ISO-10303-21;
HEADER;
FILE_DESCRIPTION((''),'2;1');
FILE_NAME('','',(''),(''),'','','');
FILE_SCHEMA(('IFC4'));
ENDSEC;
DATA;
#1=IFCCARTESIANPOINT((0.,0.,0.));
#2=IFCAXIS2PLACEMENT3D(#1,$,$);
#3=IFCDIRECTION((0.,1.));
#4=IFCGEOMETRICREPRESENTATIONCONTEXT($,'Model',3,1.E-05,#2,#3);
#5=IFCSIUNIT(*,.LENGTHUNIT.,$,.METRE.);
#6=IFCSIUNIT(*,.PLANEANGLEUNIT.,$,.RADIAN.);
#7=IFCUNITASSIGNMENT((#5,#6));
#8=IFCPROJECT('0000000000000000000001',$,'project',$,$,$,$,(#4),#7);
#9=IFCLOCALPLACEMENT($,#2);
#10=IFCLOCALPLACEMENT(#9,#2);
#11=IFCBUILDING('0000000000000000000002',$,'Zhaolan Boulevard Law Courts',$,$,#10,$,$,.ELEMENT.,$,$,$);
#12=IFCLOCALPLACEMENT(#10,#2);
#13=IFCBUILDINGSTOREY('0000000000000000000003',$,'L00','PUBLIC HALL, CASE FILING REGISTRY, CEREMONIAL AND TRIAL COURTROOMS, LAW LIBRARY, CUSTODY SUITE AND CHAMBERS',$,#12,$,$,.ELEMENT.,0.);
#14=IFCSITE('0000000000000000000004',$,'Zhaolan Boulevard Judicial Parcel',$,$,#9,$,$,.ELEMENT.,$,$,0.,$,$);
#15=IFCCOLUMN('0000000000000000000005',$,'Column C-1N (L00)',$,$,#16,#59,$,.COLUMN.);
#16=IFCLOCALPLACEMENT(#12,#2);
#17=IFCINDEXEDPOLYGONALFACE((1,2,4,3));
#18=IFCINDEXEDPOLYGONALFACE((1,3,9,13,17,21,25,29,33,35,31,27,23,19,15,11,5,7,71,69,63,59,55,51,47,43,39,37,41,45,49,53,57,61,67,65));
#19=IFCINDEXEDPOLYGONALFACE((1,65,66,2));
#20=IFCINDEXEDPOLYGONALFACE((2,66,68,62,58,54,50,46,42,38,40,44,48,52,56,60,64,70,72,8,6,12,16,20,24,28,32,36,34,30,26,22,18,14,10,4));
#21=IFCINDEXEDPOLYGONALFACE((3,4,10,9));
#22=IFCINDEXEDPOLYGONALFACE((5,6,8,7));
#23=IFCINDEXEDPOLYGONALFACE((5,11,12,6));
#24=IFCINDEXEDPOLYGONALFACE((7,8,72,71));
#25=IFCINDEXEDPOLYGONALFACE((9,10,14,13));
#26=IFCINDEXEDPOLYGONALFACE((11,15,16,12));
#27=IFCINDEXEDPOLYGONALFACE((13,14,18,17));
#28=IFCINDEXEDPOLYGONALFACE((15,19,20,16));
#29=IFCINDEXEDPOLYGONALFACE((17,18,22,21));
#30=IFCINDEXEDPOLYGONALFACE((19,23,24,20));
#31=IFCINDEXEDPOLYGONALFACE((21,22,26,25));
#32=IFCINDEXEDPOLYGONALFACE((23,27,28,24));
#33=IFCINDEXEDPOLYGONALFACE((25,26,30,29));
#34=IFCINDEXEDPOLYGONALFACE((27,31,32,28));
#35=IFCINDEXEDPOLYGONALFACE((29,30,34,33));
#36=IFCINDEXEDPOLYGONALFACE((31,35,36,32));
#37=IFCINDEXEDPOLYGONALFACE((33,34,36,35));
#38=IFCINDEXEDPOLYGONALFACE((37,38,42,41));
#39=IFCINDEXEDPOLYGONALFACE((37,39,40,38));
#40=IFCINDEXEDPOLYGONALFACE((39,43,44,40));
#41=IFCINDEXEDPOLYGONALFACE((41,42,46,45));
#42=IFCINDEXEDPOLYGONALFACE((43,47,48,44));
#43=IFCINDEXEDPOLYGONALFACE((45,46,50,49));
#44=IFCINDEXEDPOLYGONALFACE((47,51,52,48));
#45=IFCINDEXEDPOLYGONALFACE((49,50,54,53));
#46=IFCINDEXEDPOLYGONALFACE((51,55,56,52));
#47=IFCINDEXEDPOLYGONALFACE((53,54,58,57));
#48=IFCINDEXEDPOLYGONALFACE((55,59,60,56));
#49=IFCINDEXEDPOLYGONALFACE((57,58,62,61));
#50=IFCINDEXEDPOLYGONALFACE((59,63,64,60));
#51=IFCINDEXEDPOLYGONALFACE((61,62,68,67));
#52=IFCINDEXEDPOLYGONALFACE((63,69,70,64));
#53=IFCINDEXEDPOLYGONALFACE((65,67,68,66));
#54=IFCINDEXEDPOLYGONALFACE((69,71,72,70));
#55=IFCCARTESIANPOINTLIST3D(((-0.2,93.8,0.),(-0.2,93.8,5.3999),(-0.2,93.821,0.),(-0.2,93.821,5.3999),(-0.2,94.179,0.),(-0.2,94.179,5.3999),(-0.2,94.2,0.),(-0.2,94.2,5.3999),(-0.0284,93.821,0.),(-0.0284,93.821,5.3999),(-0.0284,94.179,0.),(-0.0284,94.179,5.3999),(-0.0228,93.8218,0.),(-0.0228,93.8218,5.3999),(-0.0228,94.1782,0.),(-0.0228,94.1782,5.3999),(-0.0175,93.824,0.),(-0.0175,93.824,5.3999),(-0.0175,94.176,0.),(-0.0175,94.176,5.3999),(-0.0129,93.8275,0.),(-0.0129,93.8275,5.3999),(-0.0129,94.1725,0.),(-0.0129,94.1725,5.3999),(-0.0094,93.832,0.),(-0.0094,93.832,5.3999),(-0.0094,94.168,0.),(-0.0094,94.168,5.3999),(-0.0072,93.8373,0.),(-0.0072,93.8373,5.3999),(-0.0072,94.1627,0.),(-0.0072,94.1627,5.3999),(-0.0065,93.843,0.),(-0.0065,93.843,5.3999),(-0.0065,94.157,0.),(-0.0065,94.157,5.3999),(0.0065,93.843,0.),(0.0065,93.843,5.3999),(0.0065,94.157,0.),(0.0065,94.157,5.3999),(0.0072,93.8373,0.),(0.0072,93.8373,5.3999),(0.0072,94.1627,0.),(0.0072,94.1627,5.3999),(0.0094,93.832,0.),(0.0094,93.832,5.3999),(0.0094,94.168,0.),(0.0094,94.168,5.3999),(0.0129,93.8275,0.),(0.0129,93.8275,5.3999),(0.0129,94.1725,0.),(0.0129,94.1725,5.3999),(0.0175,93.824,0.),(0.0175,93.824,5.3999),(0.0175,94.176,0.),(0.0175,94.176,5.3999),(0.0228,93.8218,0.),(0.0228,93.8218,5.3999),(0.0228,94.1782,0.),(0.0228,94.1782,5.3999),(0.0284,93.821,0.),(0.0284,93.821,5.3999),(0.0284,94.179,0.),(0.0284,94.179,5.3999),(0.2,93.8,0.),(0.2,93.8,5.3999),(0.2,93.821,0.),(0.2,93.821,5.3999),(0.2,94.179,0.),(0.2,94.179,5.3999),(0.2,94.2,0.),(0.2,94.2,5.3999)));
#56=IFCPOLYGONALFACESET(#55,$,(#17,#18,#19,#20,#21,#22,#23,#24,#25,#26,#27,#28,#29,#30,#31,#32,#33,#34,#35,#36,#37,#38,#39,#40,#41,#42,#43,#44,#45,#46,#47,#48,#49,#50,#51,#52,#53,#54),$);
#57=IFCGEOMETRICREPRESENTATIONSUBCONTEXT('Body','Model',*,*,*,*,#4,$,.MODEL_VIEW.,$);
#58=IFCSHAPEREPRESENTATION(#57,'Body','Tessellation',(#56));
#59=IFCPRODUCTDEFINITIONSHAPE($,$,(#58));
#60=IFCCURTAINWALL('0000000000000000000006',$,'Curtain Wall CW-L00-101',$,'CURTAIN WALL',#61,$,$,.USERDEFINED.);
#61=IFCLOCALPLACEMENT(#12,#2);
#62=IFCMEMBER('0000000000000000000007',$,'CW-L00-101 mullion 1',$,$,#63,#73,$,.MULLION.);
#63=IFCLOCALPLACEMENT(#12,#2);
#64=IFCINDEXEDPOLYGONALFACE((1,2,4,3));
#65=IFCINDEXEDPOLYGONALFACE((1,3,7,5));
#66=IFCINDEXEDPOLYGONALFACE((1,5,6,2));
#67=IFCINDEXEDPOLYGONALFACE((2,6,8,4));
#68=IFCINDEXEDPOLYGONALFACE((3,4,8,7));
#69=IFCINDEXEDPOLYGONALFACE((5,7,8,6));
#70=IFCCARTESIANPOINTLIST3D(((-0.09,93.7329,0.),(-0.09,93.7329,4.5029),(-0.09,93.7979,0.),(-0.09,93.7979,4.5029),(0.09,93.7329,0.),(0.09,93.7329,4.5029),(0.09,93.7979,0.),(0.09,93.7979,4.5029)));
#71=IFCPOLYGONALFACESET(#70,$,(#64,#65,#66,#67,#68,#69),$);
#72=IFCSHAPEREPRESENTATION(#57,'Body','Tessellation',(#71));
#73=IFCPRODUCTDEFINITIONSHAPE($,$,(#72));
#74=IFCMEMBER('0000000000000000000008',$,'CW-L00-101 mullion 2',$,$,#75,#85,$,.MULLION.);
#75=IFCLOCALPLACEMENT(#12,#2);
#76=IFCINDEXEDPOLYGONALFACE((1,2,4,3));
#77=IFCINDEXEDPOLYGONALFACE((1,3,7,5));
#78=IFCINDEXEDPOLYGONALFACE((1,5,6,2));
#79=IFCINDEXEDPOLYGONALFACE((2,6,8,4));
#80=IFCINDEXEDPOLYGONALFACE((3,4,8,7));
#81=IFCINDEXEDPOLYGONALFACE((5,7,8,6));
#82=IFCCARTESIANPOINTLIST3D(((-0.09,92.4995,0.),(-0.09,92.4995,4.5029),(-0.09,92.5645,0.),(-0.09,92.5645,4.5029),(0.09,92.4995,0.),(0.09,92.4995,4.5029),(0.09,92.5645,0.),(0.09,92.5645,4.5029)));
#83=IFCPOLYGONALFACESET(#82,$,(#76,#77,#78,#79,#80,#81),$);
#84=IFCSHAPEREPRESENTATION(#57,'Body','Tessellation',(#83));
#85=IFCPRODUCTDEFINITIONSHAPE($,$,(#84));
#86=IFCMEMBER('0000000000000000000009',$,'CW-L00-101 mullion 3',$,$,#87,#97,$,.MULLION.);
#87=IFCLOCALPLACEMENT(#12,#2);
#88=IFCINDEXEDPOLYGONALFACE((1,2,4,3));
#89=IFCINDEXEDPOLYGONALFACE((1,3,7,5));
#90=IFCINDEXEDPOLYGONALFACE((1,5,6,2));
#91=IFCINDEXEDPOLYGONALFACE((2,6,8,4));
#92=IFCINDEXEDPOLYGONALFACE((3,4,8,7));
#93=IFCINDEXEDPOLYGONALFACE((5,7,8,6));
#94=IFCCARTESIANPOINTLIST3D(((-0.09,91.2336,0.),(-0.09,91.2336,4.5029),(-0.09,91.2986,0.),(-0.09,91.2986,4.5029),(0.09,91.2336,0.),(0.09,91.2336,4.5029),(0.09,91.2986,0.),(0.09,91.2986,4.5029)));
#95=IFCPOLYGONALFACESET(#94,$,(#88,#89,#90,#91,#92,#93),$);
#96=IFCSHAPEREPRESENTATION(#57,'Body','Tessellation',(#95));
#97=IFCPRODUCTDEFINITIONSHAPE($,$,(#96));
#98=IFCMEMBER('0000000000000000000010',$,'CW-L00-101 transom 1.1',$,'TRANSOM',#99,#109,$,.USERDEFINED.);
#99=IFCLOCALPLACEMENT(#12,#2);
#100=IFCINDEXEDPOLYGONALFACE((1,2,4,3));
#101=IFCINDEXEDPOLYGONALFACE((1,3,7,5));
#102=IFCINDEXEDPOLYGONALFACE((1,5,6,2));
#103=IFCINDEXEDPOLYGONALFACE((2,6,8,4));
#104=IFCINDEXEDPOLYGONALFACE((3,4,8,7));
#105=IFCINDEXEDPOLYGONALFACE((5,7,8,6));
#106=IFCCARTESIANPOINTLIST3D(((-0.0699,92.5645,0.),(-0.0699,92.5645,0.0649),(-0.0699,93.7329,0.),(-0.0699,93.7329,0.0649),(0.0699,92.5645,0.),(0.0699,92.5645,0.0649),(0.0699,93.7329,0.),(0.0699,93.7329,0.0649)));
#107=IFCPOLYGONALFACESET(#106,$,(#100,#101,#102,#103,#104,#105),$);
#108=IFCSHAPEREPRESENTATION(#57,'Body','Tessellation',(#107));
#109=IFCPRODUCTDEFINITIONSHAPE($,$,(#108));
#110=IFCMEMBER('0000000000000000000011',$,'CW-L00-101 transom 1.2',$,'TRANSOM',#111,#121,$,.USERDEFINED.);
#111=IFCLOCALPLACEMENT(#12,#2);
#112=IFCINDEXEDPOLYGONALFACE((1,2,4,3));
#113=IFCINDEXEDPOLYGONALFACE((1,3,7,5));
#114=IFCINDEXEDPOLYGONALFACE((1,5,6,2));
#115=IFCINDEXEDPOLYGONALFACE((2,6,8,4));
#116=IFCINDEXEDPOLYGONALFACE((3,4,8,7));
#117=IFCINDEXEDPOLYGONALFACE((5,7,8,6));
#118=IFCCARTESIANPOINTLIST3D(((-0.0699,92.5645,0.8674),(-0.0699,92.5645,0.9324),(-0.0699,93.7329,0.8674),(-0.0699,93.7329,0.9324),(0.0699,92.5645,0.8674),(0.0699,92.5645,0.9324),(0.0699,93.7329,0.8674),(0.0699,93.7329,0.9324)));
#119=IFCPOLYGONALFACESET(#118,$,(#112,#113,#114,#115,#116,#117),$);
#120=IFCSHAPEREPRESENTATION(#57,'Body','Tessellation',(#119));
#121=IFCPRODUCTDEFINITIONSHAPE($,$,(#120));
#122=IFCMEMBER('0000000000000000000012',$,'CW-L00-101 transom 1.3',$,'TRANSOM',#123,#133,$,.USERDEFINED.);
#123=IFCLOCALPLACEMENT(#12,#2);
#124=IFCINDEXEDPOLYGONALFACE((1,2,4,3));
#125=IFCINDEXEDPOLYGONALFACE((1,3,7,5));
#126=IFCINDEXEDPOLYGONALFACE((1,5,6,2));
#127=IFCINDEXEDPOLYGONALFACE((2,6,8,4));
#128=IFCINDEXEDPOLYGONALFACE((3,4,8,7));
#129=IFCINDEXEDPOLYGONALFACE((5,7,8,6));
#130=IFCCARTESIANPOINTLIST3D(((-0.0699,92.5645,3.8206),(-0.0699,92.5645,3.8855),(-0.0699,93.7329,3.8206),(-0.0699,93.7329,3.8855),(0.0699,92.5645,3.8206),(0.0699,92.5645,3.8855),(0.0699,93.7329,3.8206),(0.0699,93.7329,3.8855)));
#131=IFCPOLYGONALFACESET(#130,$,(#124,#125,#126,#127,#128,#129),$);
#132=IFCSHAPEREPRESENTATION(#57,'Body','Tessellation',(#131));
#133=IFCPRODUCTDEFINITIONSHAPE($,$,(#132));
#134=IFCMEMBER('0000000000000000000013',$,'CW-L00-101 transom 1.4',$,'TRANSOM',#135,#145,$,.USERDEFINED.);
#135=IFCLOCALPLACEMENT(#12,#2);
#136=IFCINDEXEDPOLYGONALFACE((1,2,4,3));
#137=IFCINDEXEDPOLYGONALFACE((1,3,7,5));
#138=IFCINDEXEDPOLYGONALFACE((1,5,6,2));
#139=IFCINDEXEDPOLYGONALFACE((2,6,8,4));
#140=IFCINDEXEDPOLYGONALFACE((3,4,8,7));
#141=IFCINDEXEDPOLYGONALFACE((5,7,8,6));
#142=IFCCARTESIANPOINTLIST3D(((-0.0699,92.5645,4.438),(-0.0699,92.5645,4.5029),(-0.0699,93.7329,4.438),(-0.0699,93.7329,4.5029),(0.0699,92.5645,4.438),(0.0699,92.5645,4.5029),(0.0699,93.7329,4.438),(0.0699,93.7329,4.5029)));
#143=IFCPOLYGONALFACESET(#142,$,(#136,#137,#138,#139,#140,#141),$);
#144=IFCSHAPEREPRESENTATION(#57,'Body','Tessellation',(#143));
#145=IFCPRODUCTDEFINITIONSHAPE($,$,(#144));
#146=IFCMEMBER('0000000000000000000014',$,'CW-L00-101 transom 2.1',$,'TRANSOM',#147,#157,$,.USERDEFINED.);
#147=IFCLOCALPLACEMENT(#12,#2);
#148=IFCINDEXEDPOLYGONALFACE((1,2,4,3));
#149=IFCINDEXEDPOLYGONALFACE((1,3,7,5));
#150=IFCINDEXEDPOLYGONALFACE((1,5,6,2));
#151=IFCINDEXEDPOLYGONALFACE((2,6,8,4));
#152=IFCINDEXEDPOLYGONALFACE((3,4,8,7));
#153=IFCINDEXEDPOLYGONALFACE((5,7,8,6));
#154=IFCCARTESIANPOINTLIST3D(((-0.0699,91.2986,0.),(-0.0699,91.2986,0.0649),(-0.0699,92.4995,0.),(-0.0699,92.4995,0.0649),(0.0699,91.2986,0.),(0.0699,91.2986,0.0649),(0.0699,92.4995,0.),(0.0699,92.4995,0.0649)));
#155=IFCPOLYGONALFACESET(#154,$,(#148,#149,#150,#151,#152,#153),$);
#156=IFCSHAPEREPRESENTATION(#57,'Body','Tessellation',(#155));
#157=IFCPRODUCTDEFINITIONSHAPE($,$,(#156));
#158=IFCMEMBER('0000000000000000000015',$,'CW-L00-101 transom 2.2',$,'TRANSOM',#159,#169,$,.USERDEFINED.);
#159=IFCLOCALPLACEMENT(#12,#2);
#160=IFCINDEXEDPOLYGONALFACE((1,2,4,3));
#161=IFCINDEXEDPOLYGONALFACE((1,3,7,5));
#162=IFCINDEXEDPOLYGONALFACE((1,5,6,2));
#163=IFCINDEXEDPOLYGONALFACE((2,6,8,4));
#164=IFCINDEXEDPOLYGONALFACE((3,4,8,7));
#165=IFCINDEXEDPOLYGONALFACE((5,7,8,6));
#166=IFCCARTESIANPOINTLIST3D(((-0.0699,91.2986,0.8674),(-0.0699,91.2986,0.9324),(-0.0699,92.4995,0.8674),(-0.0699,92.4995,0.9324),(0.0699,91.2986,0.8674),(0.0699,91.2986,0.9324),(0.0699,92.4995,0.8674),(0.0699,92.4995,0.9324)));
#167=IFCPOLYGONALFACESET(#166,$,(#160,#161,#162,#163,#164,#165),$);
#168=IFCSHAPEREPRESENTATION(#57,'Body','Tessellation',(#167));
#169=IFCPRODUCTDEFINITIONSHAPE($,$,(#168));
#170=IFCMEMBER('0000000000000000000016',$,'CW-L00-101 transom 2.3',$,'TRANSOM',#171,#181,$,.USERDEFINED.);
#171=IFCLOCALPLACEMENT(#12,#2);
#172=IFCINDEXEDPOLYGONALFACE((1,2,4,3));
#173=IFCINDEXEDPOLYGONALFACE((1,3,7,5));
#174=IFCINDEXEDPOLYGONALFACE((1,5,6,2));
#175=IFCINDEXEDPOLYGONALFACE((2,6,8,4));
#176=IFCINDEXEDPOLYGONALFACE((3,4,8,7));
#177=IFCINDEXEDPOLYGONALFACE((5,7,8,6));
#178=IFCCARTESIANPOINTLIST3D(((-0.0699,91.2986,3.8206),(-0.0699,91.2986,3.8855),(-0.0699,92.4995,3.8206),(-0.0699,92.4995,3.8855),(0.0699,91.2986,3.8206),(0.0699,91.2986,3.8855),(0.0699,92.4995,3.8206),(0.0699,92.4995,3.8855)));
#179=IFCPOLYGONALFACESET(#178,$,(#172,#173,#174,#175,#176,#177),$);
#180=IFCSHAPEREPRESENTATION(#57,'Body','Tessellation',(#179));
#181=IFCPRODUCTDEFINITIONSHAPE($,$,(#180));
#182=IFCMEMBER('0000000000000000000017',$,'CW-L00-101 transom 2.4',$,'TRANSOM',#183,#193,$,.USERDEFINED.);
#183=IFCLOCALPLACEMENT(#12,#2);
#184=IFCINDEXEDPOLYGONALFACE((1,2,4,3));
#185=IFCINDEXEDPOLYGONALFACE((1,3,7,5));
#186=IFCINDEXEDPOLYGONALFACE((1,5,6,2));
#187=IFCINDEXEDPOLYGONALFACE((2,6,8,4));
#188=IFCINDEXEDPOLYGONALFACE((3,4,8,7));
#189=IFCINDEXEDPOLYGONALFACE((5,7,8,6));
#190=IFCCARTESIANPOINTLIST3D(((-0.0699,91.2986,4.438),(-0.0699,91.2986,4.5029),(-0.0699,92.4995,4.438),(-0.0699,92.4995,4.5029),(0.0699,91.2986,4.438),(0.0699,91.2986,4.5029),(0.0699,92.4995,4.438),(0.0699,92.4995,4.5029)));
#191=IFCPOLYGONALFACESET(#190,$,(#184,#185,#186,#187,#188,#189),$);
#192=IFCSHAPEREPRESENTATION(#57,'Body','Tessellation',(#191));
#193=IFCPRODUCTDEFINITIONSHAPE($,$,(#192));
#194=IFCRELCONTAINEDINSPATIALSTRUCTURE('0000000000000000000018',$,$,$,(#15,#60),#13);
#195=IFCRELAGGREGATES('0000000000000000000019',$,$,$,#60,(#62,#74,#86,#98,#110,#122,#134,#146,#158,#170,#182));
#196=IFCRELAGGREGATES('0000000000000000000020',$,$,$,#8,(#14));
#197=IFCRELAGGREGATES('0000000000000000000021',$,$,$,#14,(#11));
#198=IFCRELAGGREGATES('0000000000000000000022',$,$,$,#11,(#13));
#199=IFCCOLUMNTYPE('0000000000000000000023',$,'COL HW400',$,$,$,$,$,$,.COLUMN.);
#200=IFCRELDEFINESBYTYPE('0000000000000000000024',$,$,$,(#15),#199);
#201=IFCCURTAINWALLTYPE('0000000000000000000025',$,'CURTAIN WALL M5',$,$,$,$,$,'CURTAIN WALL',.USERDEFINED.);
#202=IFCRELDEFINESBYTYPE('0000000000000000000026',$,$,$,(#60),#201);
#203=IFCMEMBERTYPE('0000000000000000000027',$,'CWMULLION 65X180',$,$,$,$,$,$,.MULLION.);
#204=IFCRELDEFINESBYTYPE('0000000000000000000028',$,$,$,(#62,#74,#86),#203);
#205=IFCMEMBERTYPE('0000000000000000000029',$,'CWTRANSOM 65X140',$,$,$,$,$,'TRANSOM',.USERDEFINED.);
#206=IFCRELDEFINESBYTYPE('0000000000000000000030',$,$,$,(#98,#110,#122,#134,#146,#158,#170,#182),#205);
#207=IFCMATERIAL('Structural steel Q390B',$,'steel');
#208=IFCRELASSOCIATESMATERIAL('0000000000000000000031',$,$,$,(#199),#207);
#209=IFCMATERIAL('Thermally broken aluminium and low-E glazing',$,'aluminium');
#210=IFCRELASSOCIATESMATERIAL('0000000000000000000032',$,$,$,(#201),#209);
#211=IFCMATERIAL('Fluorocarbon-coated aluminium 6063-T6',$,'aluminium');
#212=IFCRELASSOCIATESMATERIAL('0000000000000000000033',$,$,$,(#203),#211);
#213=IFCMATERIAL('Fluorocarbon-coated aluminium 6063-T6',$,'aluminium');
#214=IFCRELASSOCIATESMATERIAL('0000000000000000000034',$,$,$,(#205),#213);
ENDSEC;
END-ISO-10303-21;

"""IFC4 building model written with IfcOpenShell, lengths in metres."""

from ifc_helpers import new_model, si_unit, direction, frame, origin, origin_2d, place, context, subcontext, project, spatial, rectangle, i_section, extrude, material, material_profile, profile_set, type_object, element, aggregate, save


model = new_model("IFC4")

# Units and contexts
model_context = context("Model", 3, precision=1e-05, world=origin(), true_north=direction((0.0, 1.0)))
body_context = subcontext(model_context, "Body", "Model", "MODEL_VIEW")
ifc_project = project(units=[si_unit("LENGTHUNIT", "METRE"), si_unit("PLANEANGLEUNIT", "RADIAN")], contexts=[model_context])

# Site, building, storey
site_placement = place(None, origin())
site = spatial("IfcSite", under=ifc_project, at=site_placement, Name="Zhaolan Boulevard Judicial Parcel", CompositionType="ELEMENT", RefElevation=0.0)
building_placement = place(site_placement, origin())
building = spatial("IfcBuilding", under=site, at=building_placement, Name="Zhaolan Boulevard Law Courts", CompositionType="ELEMENT")
storey_placement = place(building_placement, origin())
storey = spatial("IfcBuildingStorey", under=building, at=storey_placement, Name="L00", Description="PUBLIC HALL, CASE FILING REGISTRY, CEREMONIAL AND TRIAL COURTROOMS, LAW LIBRARY, CUSTODY SUITE AND CHAMBERS", CompositionType="ELEMENT", Elevation=0.0)

# Column
ifc_material_1 = material(Name="Structural steel Q390B", Category="steel")
ifc_material_profile_1 = material_profile(ifc_material_1, i_section(OverallWidth=0.3999, OverallDepth=0.3999, WebThickness=0.0129, FlangeThickness=0.021, FilletRadius=0.022, at=origin_2d()), Name="HW400x400")
ifc_profile_set_1 = profile_set([ifc_material_profile_1], Name="Structural steel Q390B")
column_type = type_object("IfcColumnType", Name="COL HW400", PredefinedType="COLUMN", material=ifc_profile_set_1)
column_placement = place(storey_placement, frame((0.0, 94.0, 0.0), z_axis=(0.0, 0.0, 1.0), x_axis=(1.0, 0.0, 0.0)))
element("IfcColumn", 1, at=column_placement, inside=storey, type_object=column_type, Name="Column C-1N (L00)", PredefinedType="COLUMN", context=body_context, shape_type="SweptSolid", body=[
    extrude(i_section(OverallWidth=0.3999, OverallDepth=0.3999, WebThickness=0.0129, FlangeThickness=0.021, FilletRadius=0.022, at=origin_2d()), origin(), (0.0, 0.0, 1.0), 5.3999),
])

# Curtain wall, members
ifc_material_2 = material(Name="Thermally broken aluminium and low-E glazing", Category="aluminium")
curtain_wall_type = type_object("IfcCurtainWallType", Name="CURTAIN WALL M5", ElementType="CURTAIN WALL", PredefinedType="USERDEFINED", material=ifc_material_2)
curtain_wall_placement = place(storey_placement, origin())
curtain_wall = element("IfcCurtainWall", 2, at=curtain_wall_placement, inside=storey, type_object=curtain_wall_type, Name="Curtain Wall CW-L00-101", ObjectType="CURTAIN WALL", PredefinedType="USERDEFINED")
ifc_material_3 = material(Name="Fluorocarbon-coated aluminium 6063-T6", Category="aluminium")
ifc_material_profile_2 = material_profile(ifc_material_3, rectangle(XDim=0.1799, YDim=0.0649, at=origin_2d()), Name="AL65x180")
ifc_profile_set_2 = profile_set([ifc_material_profile_2], Name="Fluorocarbon-coated aluminium 6063-T6")
member_type_1 = type_object("IfcMemberType", Name="CWMULLION 65X180", PredefinedType="MULLION", material=ifc_profile_set_2)
member_1_placement = place(storey_placement, frame((0.0, 93.7654, 0.0), z_axis=(0.0, 0.0, 1.0), x_axis=(1.0, 0.0, 0.0)))
member_1 = element("IfcMember", 3, at=member_1_placement, type_object=member_type_1, Name="CW-L00-101 mullion 1", PredefinedType="MULLION", context=body_context, shape_type="SweptSolid", body=[
    extrude(rectangle(XDim=0.1799, YDim=0.0649, at=origin_2d()), origin(), (0.0, 0.0, 1.0), 4.5029),
])
member_2_placement = place(storey_placement, frame((0.0, 92.532, 0.0), z_axis=(0.0, 0.0, 1.0), x_axis=(1.0, 0.0, 0.0)))
member_2 = element("IfcMember", 4, at=member_2_placement, type_object=member_type_1, Name="CW-L00-101 mullion 2", PredefinedType="MULLION", context=body_context, shape_type="SweptSolid", body=[
    extrude(rectangle(XDim=0.1799, YDim=0.0649, at=origin_2d()), origin(), (0.0, 0.0, 1.0), 4.5029),
])
member_3_placement = place(storey_placement, frame((0.0, 91.2661, 0.0), z_axis=(0.0, 0.0, 1.0), x_axis=(1.0, 0.0, 0.0)))
member_3 = element("IfcMember", 5, at=member_3_placement, type_object=member_type_1, Name="CW-L00-101 mullion 3", PredefinedType="MULLION", context=body_context, shape_type="SweptSolid", body=[
    extrude(rectangle(XDim=0.1799, YDim=0.0649, at=origin_2d()), origin(), (0.0, 0.0, 1.0), 4.5029),
])
ifc_material_4 = material(Name="Fluorocarbon-coated aluminium 6063-T6", Category="aluminium")
ifc_material_profile_3 = material_profile(ifc_material_4, rectangle(XDim=0.1399, YDim=0.0649, at=origin_2d()), Name="AL65x140")
ifc_profile_set_3 = profile_set([ifc_material_profile_3], Name="Fluorocarbon-coated aluminium 6063-T6")
member_type_2 = type_object("IfcMemberType", Name="CWTRANSOM 65X140", ElementType="TRANSOM", PredefinedType="USERDEFINED", material=ifc_profile_set_3)
member_4_placement = place(storey_placement, frame((0.0, 93.7329, 0.0325), z_axis=(0.0, -1.0, 0.0), x_axis=(1.0, 0.0, 0.0)))
member_4 = element("IfcMember", 6, at=member_4_placement, type_object=member_type_2, Name="CW-L00-101 transom 1.1", ObjectType="TRANSOM", PredefinedType="USERDEFINED", context=body_context, shape_type="SweptSolid", body=[
    extrude(rectangle(XDim=0.1399, YDim=0.0649, at=origin_2d()), origin(), (0.0, 0.0, 1.0), 1.1685),
])
member_5_placement = place(storey_placement, frame((0.0, 93.7329, 0.8999), z_axis=(0.0, -1.0, 0.0), x_axis=(1.0, 0.0, 0.0)))
member_5 = element("IfcMember", 7, at=member_5_placement, type_object=member_type_2, Name="CW-L00-101 transom 1.2", ObjectType="TRANSOM", PredefinedType="USERDEFINED", context=body_context, shape_type="SweptSolid", body=[
    extrude(rectangle(XDim=0.1399, YDim=0.0649, at=origin_2d()), origin(), (0.0, 0.0, 1.0), 1.1685),
])
member_6_placement = place(storey_placement, frame((0.0, 93.7329, 3.853), z_axis=(0.0, -1.0, 0.0), x_axis=(1.0, 0.0, 0.0)))
member_6 = element("IfcMember", 8, at=member_6_placement, type_object=member_type_2, Name="CW-L00-101 transom 1.3", ObjectType="TRANSOM", PredefinedType="USERDEFINED", context=body_context, shape_type="SweptSolid", body=[
    extrude(rectangle(XDim=0.1399, YDim=0.0649, at=origin_2d()), origin(), (0.0, 0.0, 1.0), 1.1685),
])
member_7_placement = place(storey_placement, frame((0.0, 93.7329, 4.4705), z_axis=(0.0, -1.0, 0.0), x_axis=(1.0, 0.0, 0.0)))
member_7 = element("IfcMember", 9, at=member_7_placement, type_object=member_type_2, Name="CW-L00-101 transom 1.4", ObjectType="TRANSOM", PredefinedType="USERDEFINED", context=body_context, shape_type="SweptSolid", body=[
    extrude(rectangle(XDim=0.1399, YDim=0.0649, at=origin_2d()), origin(), (0.0, 0.0, 1.0), 1.1685),
])
member_8_placement = place(storey_placement, frame((0.0, 92.4995, 0.0325), z_axis=(0.0, -1.0, 0.0), x_axis=(1.0, 0.0, 0.0)))
member_8 = element("IfcMember", 10, at=member_8_placement, type_object=member_type_2, Name="CW-L00-101 transom 2.1", ObjectType="TRANSOM", PredefinedType="USERDEFINED", context=body_context, shape_type="SweptSolid", body=[
    extrude(rectangle(XDim=0.1399, YDim=0.0649, at=origin_2d()), origin(), (0.0, 0.0, 1.0), 1.2009),
])
member_9_placement = place(storey_placement, frame((0.0, 92.4995, 0.8999), z_axis=(0.0, -1.0, 0.0), x_axis=(1.0, 0.0, 0.0)))
member_9 = element("IfcMember", 11, at=member_9_placement, type_object=member_type_2, Name="CW-L00-101 transom 2.2", ObjectType="TRANSOM", PredefinedType="USERDEFINED", context=body_context, shape_type="SweptSolid", body=[
    extrude(rectangle(XDim=0.1399, YDim=0.0649, at=origin_2d()), origin(), (0.0, 0.0, 1.0), 1.2009),
])
member_10_placement = place(storey_placement, frame((0.0, 92.4995, 3.853), z_axis=(0.0, -1.0, 0.0), x_axis=(1.0, 0.0, 0.0)))
member_10 = element("IfcMember", 12, at=member_10_placement, type_object=member_type_2, Name="CW-L00-101 transom 2.3", ObjectType="TRANSOM", PredefinedType="USERDEFINED", context=body_context, shape_type="SweptSolid", body=[
    extrude(rectangle(XDim=0.1399, YDim=0.0649, at=origin_2d()), origin(), (0.0, 0.0, 1.0), 1.2009),
])
member_11_placement = place(storey_placement, frame((0.0, 92.4995, 4.4705), z_axis=(0.0, -1.0, 0.0), x_axis=(1.0, 0.0, 0.0)))
member_11 = element("IfcMember", 13, at=member_11_placement, type_object=member_type_2, Name="CW-L00-101 transom 2.4", ObjectType="TRANSOM", PredefinedType="USERDEFINED", context=body_context, shape_type="SweptSolid", body=[
    extrude(rectangle(XDim=0.1399, YDim=0.0649, at=origin_2d()), origin(), (0.0, 0.0, 1.0), 1.2009),
])

aggregate(curtain_wall, [member_1, member_2, member_3, member_4, member_5, member_6, member_7, member_8, member_9, member_10, member_11])

save(model, "model.ifc")
